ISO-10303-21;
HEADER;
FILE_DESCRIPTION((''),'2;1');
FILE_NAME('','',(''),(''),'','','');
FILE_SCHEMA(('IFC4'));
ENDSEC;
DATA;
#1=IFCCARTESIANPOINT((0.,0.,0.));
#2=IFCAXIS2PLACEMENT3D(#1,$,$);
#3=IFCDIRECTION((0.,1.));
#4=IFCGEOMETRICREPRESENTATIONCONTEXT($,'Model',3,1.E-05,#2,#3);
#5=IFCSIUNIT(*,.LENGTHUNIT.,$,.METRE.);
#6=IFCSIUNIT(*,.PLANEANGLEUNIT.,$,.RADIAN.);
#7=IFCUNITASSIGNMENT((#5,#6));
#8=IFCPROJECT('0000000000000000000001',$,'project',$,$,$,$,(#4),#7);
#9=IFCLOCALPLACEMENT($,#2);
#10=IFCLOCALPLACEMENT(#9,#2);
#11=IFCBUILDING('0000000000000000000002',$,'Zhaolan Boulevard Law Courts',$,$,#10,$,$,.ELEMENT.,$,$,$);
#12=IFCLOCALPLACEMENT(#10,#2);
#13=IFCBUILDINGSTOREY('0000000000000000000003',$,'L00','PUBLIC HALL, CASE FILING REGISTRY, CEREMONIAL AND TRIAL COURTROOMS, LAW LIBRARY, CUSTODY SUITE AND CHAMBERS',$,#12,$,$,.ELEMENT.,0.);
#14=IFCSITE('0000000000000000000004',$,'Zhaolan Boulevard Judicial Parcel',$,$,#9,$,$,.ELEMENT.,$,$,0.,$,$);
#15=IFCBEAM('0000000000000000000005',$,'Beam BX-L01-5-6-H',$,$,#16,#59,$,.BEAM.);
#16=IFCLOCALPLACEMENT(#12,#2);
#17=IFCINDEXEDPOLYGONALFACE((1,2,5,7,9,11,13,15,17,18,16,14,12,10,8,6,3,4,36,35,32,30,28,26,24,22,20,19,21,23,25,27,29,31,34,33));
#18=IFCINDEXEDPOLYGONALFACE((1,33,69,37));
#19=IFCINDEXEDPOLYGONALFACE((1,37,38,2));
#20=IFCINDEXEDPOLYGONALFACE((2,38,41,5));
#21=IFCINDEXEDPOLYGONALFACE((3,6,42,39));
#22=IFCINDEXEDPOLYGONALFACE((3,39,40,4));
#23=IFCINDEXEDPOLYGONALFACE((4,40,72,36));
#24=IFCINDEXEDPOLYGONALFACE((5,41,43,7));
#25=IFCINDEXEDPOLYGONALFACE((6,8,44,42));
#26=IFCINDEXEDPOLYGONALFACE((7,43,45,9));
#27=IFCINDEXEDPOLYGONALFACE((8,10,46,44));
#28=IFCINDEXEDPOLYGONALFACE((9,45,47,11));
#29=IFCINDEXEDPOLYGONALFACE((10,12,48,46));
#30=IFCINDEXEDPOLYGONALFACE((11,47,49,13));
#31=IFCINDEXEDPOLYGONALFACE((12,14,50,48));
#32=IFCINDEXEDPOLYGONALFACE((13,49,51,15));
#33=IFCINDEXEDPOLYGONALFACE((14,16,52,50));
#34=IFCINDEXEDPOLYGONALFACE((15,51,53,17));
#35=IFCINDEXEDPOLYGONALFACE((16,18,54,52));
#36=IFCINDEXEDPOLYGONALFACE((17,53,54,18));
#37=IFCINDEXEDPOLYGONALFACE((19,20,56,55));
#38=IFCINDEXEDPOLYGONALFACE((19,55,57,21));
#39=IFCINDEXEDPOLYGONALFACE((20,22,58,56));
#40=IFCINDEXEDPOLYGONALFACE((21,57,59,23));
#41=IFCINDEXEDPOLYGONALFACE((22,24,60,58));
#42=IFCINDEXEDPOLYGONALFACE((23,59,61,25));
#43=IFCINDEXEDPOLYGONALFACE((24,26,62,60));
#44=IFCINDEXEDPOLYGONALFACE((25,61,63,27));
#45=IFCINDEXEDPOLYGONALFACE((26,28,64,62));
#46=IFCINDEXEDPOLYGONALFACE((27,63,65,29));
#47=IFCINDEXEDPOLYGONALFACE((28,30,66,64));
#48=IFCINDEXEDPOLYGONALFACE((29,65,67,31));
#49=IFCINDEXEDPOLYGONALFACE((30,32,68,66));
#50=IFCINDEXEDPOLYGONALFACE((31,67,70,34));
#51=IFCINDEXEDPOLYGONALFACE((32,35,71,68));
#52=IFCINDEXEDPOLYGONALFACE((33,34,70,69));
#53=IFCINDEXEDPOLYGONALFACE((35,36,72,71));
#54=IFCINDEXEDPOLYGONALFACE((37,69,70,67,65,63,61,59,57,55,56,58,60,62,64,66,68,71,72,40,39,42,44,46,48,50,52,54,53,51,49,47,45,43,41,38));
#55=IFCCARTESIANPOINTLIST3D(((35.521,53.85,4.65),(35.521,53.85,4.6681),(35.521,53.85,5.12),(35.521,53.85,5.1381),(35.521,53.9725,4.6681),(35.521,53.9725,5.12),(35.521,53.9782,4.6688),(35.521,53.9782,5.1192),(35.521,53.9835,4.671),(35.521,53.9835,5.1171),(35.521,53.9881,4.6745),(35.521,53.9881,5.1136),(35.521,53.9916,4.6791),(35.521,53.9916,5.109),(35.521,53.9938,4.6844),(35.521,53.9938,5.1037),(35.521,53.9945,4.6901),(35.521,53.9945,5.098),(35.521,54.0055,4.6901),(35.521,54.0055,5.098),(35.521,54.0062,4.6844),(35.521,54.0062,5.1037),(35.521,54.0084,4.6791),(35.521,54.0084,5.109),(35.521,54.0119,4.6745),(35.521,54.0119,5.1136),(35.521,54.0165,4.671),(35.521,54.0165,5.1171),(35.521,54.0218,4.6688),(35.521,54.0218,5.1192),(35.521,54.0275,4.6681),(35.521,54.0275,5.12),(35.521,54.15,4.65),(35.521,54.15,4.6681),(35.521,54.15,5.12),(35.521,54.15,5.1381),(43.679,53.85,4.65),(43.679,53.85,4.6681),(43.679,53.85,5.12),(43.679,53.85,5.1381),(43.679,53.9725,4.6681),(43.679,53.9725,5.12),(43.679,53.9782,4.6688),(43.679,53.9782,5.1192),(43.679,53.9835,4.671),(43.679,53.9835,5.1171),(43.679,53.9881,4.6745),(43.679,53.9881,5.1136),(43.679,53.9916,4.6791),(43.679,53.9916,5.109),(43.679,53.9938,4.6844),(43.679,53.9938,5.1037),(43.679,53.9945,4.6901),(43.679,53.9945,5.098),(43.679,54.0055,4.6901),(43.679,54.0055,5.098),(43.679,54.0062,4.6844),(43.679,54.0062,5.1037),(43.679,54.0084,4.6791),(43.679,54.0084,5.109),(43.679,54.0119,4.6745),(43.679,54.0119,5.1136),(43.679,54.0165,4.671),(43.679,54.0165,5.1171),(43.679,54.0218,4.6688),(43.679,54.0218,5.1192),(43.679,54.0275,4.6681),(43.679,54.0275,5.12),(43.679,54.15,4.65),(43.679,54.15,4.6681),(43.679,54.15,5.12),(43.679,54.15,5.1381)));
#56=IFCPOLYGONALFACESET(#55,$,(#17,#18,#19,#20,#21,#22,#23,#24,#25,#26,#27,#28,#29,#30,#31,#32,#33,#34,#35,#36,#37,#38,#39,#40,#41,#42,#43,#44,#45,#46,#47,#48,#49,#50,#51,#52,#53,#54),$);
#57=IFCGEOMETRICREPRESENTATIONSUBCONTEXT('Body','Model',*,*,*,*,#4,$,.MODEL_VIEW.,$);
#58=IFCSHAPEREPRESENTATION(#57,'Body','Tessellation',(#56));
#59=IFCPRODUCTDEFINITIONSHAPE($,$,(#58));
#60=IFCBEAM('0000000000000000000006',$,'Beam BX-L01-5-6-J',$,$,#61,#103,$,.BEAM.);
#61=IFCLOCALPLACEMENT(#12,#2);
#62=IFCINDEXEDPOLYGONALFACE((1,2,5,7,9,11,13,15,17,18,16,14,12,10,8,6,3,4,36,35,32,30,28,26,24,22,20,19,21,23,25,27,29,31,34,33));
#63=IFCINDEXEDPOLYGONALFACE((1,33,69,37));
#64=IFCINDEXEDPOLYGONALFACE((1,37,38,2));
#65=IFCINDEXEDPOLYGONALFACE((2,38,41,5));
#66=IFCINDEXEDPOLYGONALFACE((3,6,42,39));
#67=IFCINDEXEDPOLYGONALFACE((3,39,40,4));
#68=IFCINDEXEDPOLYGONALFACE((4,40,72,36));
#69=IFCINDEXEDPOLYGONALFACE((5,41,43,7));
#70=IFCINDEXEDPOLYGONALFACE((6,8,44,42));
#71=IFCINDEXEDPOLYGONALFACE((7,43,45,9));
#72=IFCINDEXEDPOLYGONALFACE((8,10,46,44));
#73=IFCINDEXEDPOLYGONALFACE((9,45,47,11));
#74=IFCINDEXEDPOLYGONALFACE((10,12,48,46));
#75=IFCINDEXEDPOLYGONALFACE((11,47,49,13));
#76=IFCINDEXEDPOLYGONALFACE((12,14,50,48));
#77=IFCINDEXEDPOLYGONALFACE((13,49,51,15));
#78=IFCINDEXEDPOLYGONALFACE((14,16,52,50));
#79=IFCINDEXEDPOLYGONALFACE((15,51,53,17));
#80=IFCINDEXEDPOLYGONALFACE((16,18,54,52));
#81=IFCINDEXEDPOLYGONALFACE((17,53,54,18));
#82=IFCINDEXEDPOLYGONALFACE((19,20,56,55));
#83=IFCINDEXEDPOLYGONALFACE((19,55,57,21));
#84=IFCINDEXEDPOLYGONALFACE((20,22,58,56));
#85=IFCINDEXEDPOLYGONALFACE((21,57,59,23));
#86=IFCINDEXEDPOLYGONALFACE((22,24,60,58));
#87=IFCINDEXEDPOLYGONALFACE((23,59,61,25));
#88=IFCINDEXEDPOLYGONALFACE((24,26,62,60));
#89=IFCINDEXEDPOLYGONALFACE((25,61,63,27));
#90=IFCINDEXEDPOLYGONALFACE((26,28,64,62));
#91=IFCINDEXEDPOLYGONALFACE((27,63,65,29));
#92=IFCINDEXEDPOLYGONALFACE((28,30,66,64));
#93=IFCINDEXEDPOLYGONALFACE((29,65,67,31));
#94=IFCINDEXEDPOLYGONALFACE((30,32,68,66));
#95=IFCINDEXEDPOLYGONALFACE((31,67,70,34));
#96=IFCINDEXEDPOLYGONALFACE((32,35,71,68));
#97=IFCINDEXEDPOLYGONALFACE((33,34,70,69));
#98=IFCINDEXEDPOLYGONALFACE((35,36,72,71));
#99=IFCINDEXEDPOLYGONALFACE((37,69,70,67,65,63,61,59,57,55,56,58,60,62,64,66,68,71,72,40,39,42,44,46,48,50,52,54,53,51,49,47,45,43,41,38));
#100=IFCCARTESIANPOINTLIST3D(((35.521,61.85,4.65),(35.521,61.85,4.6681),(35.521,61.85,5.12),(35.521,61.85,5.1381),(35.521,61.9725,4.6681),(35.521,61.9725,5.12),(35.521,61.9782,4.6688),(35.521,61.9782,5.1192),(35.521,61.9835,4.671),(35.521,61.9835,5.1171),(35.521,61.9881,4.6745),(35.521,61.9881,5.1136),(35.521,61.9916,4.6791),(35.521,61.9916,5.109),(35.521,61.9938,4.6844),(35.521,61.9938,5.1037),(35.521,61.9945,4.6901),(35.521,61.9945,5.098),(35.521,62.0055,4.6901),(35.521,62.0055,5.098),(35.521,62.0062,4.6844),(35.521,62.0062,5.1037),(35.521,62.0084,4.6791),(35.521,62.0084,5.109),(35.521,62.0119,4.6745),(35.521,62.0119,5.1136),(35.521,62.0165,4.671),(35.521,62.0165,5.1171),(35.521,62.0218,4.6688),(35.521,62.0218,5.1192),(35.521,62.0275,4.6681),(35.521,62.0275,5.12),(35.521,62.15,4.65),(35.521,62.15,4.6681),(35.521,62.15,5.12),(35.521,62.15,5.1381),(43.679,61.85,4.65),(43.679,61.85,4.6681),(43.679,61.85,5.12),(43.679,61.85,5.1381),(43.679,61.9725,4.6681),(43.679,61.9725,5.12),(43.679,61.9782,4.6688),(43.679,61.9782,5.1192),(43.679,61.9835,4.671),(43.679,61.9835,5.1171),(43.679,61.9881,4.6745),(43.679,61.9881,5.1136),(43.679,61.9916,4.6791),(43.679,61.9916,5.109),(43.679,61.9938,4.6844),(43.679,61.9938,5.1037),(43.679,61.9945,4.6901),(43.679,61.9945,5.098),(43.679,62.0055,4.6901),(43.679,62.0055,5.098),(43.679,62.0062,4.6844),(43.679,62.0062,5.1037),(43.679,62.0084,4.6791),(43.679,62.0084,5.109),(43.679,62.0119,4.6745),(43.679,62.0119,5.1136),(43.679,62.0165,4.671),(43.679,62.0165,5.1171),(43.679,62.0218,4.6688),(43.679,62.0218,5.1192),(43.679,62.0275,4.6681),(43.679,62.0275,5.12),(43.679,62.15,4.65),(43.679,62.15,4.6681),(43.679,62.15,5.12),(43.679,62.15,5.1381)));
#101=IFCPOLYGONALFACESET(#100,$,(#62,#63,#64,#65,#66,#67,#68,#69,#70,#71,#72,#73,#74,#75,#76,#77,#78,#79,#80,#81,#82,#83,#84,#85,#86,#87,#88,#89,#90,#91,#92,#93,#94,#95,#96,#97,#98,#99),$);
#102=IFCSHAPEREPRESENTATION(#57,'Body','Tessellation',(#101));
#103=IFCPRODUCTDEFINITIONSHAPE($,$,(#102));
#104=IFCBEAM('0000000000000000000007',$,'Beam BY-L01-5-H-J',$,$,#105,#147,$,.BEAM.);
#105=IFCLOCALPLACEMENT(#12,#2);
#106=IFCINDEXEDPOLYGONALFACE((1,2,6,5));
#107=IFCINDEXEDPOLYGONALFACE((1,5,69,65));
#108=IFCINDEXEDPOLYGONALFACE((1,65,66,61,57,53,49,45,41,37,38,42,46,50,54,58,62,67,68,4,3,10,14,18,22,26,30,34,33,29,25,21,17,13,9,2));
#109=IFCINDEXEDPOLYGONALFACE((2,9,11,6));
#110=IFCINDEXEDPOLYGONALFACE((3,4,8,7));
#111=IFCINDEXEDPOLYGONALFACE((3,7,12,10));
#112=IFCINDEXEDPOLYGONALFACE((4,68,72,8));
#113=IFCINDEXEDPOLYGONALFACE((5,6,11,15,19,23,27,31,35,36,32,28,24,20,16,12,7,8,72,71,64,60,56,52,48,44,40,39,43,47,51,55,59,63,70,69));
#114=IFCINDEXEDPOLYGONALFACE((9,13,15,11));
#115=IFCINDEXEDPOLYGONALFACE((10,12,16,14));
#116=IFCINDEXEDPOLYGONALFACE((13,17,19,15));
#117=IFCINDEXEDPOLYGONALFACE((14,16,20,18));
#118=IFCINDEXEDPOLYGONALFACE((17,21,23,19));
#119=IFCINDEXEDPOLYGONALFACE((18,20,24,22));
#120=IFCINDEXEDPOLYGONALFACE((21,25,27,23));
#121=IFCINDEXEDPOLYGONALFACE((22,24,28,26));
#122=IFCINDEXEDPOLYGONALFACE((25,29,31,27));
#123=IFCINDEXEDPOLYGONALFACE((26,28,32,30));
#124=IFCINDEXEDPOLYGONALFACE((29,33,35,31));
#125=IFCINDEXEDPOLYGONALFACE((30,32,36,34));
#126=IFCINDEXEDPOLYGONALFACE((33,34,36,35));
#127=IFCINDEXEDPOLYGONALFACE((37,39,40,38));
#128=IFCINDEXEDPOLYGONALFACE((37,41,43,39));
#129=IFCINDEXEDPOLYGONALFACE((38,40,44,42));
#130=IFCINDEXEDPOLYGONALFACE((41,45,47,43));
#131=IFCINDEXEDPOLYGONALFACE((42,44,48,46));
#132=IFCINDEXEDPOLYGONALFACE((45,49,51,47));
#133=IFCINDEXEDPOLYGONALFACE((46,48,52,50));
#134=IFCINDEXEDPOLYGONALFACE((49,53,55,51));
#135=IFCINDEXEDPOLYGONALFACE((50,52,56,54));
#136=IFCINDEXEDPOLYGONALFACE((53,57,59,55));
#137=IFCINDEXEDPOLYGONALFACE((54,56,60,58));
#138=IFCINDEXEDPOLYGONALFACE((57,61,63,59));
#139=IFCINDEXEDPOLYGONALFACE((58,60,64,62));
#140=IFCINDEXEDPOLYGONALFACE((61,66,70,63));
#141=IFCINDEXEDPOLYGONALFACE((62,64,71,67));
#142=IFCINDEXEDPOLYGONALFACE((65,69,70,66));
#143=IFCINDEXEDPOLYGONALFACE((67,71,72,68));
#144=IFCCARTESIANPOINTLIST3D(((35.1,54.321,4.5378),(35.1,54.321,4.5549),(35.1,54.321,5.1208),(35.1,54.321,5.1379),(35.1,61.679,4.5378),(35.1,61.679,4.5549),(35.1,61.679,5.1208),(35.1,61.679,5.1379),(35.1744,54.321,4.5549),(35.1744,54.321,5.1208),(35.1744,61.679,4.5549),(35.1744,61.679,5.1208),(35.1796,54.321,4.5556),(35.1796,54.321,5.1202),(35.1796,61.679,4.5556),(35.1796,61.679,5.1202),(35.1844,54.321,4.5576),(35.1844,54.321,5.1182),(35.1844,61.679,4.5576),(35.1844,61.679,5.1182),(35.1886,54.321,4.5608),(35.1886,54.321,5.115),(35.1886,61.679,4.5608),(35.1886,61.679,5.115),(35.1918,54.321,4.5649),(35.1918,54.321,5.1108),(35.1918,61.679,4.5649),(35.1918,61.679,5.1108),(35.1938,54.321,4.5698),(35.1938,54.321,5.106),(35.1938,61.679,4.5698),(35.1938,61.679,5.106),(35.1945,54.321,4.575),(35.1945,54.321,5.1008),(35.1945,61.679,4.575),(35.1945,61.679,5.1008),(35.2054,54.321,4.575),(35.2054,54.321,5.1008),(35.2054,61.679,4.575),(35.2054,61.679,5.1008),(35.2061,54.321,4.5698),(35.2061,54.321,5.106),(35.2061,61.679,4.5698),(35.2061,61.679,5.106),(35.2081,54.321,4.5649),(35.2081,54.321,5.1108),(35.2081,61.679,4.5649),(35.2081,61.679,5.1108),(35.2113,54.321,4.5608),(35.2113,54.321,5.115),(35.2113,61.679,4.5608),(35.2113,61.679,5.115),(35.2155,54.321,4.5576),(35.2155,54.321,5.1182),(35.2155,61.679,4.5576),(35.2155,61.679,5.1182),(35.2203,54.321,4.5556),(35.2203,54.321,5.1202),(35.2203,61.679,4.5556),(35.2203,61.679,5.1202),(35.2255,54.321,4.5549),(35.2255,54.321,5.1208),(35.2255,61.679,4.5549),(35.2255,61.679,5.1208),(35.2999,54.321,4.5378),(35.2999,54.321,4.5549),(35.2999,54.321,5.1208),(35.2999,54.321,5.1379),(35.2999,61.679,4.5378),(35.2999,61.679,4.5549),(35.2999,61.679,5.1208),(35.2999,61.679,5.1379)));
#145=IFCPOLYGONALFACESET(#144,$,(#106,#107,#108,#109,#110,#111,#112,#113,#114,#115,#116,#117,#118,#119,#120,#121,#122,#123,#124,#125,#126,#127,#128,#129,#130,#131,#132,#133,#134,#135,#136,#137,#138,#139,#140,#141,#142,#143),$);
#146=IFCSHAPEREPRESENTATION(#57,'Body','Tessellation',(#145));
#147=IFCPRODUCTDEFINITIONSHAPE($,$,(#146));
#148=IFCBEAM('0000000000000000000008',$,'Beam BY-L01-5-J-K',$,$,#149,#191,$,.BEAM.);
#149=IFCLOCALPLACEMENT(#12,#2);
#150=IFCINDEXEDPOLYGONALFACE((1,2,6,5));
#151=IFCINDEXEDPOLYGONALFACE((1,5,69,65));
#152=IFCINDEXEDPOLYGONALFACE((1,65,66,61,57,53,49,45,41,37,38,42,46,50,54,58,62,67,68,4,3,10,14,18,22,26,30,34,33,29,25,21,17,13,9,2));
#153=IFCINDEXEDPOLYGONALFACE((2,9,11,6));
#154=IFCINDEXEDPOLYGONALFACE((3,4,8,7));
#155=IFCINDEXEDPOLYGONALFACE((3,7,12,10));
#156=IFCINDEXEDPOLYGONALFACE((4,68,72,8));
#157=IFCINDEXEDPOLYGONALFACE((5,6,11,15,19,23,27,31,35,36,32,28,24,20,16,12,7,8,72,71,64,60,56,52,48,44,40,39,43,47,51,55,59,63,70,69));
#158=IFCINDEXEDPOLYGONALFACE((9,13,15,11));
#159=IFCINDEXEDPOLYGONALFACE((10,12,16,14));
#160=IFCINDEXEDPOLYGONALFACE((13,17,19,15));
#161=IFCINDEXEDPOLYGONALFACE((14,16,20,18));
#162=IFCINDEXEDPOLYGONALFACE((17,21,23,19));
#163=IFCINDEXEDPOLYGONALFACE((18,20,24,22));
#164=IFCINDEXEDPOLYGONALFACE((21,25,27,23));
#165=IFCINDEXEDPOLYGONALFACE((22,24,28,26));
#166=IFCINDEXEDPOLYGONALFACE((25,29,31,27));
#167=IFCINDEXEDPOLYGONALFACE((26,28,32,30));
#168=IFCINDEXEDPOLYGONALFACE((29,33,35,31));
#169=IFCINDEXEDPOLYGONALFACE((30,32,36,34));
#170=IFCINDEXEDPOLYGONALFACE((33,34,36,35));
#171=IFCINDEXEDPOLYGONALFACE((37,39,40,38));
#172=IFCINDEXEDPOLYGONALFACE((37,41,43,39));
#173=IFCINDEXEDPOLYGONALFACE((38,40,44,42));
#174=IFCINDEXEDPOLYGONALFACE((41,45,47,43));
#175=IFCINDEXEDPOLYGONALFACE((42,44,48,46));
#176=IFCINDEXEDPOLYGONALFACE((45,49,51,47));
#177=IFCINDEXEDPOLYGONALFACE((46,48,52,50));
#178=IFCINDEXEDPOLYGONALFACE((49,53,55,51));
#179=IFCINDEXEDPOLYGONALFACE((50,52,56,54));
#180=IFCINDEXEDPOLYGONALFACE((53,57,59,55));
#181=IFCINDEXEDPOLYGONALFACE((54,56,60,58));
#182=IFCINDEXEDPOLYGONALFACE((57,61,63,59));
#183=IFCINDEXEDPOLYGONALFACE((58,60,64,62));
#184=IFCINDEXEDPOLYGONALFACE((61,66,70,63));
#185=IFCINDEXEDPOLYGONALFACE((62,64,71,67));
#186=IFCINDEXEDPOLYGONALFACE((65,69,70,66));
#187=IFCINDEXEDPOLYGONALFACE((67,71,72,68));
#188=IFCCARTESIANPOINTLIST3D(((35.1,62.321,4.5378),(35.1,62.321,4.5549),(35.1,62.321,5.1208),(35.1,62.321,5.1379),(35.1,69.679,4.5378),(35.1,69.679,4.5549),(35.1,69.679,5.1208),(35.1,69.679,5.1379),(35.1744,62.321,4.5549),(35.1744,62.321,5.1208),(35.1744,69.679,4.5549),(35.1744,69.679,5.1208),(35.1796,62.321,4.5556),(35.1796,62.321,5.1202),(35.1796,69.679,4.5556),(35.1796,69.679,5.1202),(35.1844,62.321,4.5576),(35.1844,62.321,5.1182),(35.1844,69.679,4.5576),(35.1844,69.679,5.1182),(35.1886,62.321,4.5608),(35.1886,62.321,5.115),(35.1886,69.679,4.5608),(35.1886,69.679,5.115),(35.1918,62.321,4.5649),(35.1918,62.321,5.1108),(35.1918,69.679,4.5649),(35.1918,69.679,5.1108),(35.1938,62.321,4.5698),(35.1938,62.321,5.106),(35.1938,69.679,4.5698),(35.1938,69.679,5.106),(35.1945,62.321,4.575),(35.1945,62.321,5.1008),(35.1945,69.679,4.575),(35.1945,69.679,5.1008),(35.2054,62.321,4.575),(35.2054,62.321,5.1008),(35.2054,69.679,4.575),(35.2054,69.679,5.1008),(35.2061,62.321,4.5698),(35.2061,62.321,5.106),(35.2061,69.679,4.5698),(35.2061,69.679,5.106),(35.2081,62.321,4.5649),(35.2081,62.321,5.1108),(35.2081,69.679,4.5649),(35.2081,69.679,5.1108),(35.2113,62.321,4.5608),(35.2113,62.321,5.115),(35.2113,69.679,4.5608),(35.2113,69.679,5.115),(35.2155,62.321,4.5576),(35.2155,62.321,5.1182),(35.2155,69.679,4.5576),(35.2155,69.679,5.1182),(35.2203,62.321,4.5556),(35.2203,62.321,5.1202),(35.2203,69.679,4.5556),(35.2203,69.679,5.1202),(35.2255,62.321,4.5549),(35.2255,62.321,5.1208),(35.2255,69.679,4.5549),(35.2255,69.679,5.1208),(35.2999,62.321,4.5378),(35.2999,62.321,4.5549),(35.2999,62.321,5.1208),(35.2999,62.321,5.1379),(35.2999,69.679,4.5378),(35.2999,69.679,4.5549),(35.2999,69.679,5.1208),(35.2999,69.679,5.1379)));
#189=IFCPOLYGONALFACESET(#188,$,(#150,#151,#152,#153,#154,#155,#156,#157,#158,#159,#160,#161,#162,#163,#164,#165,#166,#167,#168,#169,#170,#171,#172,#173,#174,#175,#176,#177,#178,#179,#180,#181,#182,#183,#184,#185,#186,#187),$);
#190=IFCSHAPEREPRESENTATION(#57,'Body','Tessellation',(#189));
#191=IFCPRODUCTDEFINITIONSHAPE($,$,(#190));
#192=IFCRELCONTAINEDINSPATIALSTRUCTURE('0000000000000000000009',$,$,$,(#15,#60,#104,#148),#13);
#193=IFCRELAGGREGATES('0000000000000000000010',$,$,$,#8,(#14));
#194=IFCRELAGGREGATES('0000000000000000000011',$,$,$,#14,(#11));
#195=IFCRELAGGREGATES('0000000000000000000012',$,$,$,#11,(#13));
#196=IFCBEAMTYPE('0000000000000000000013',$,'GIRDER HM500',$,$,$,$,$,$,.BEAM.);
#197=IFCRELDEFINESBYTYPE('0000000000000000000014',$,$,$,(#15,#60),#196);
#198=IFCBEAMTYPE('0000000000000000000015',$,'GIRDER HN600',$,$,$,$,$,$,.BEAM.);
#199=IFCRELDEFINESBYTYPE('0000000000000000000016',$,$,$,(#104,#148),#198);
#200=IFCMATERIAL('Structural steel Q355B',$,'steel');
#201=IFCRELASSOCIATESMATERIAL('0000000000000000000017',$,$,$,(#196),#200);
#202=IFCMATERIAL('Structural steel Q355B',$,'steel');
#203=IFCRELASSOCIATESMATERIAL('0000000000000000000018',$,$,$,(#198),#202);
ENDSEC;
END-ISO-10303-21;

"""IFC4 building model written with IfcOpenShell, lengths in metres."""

from ifc_helpers import new_model, si_unit, direction, frame, origin, origin_2d, place, context, subcontext, project, spatial, i_section, extrude, material, material_profile, profile_set, type_object, element, save


model = new_model("IFC4")

# Units and contexts
model_context = context("Model", 3, precision=1e-05, world=origin(), true_north=direction((0.0, 1.0)))
body_context = subcontext(model_context, "Body", "Model", "MODEL_VIEW")
ifc_project = project(units=[si_unit("LENGTHUNIT", "METRE"), si_unit("PLANEANGLEUNIT", "RADIAN")], contexts=[model_context])

# Site, building, storey
site_placement = place(None, origin())
site = spatial("IfcSite", under=ifc_project, at=site_placement, Name="Zhaolan Boulevard Judicial Parcel", CompositionType="ELEMENT", RefElevation=0.0)
building_placement = place(site_placement, origin())
building = spatial("IfcBuilding", under=site, at=building_placement, Name="Zhaolan Boulevard Law Courts", CompositionType="ELEMENT")
storey_placement = place(building_placement, origin())
storey = spatial("IfcBuildingStorey", under=building, at=storey_placement, Name="L00", Description="PUBLIC HALL, CASE FILING REGISTRY, CEREMONIAL AND TRIAL COURTROOMS, LAW LIBRARY, CUSTODY SUITE AND CHAMBERS", CompositionType="ELEMENT", Elevation=0.0)

# Beams
ifc_material_1 = material(Name="Structural steel Q355B", Category="steel")
ifc_material_profile_1 = material_profile(ifc_material_1, i_section(OverallWidth=0.3, OverallDepth=0.488, WebThickness=0.011, FlangeThickness=0.0181, FilletRadius=0.022, at=origin_2d()), Name="HM488x300")
ifc_profile_set_1 = profile_set([ifc_material_profile_1], Name="Structural steel Q355B")
beam_type_1 = type_object("IfcBeamType", Name="GIRDER HM500", PredefinedType="BEAM", material=ifc_profile_set_1)
for number, where, z_axis, x_axis, name in (
    (1, (35.521, 54.0, 4.894), (1.0, 0.0, 0.0), (0.0, 1.0, 0.0), "Beam BX-L01-5-6-H"),
    (2, (35.521, 62.0, 4.894), (1.0, 0.0, 0.0), (0.0, 1.0, 0.0), "Beam BX-L01-5-6-J"),
):
    element("IfcBeam", number, at=place(storey_placement, frame(where, z_axis=z_axis, x_axis=x_axis)), inside=storey, type_object=beam_type_1, Name=name, PredefinedType="BEAM", context=body_context, shape_type="SweptSolid", body=[
        extrude(i_section(OverallWidth=0.3, OverallDepth=0.488, WebThickness=0.011, FlangeThickness=0.0181, FilletRadius=0.022, at=origin_2d()), origin(), (0.0, 0.0, 1.0), 8.158),
    ])
ifc_material_2 = material(Name="Structural steel Q355B", Category="steel")
ifc_material_profile_2 = material_profile(ifc_material_2, i_section(OverallWidth=0.2, OverallDepth=0.6001, WebThickness=0.011, FlangeThickness=0.0171, FilletRadius=0.02, at=origin_2d()), Name="HN600x200")
ifc_profile_set_2 = profile_set([ifc_material_profile_2], Name="Structural steel Q355B")
beam_type_2 = type_object("IfcBeamType", Name="GIRDER HN600", PredefinedType="BEAM", material=ifc_profile_set_2)
for number, where, z_axis, x_axis, name in (
    (3, (35.2, 54.321, 4.8379), (0.0, 1.0, 0.0), (-1.0, 0.0, 0.0), "Beam BY-L01-5-H-J"),
    (4, (35.2, 62.321, 4.8379), (0.0, 1.0, 0.0), (-1.0, 0.0, 0.0), "Beam BY-L01-5-J-K"),
):
    element("IfcBeam", number, at=place(storey_placement, frame(where, z_axis=z_axis, x_axis=x_axis)), inside=storey, type_object=beam_type_2, Name=name, PredefinedType="BEAM", context=body_context, shape_type="SweptSolid", body=[
        extrude(i_section(OverallWidth=0.2, OverallDepth=0.6001, WebThickness=0.011, FlangeThickness=0.0171, FilletRadius=0.02, at=origin_2d()), origin(), (0.0, 0.0, 1.0), 7.3579),
    ])

save(model, "model.ifc")
